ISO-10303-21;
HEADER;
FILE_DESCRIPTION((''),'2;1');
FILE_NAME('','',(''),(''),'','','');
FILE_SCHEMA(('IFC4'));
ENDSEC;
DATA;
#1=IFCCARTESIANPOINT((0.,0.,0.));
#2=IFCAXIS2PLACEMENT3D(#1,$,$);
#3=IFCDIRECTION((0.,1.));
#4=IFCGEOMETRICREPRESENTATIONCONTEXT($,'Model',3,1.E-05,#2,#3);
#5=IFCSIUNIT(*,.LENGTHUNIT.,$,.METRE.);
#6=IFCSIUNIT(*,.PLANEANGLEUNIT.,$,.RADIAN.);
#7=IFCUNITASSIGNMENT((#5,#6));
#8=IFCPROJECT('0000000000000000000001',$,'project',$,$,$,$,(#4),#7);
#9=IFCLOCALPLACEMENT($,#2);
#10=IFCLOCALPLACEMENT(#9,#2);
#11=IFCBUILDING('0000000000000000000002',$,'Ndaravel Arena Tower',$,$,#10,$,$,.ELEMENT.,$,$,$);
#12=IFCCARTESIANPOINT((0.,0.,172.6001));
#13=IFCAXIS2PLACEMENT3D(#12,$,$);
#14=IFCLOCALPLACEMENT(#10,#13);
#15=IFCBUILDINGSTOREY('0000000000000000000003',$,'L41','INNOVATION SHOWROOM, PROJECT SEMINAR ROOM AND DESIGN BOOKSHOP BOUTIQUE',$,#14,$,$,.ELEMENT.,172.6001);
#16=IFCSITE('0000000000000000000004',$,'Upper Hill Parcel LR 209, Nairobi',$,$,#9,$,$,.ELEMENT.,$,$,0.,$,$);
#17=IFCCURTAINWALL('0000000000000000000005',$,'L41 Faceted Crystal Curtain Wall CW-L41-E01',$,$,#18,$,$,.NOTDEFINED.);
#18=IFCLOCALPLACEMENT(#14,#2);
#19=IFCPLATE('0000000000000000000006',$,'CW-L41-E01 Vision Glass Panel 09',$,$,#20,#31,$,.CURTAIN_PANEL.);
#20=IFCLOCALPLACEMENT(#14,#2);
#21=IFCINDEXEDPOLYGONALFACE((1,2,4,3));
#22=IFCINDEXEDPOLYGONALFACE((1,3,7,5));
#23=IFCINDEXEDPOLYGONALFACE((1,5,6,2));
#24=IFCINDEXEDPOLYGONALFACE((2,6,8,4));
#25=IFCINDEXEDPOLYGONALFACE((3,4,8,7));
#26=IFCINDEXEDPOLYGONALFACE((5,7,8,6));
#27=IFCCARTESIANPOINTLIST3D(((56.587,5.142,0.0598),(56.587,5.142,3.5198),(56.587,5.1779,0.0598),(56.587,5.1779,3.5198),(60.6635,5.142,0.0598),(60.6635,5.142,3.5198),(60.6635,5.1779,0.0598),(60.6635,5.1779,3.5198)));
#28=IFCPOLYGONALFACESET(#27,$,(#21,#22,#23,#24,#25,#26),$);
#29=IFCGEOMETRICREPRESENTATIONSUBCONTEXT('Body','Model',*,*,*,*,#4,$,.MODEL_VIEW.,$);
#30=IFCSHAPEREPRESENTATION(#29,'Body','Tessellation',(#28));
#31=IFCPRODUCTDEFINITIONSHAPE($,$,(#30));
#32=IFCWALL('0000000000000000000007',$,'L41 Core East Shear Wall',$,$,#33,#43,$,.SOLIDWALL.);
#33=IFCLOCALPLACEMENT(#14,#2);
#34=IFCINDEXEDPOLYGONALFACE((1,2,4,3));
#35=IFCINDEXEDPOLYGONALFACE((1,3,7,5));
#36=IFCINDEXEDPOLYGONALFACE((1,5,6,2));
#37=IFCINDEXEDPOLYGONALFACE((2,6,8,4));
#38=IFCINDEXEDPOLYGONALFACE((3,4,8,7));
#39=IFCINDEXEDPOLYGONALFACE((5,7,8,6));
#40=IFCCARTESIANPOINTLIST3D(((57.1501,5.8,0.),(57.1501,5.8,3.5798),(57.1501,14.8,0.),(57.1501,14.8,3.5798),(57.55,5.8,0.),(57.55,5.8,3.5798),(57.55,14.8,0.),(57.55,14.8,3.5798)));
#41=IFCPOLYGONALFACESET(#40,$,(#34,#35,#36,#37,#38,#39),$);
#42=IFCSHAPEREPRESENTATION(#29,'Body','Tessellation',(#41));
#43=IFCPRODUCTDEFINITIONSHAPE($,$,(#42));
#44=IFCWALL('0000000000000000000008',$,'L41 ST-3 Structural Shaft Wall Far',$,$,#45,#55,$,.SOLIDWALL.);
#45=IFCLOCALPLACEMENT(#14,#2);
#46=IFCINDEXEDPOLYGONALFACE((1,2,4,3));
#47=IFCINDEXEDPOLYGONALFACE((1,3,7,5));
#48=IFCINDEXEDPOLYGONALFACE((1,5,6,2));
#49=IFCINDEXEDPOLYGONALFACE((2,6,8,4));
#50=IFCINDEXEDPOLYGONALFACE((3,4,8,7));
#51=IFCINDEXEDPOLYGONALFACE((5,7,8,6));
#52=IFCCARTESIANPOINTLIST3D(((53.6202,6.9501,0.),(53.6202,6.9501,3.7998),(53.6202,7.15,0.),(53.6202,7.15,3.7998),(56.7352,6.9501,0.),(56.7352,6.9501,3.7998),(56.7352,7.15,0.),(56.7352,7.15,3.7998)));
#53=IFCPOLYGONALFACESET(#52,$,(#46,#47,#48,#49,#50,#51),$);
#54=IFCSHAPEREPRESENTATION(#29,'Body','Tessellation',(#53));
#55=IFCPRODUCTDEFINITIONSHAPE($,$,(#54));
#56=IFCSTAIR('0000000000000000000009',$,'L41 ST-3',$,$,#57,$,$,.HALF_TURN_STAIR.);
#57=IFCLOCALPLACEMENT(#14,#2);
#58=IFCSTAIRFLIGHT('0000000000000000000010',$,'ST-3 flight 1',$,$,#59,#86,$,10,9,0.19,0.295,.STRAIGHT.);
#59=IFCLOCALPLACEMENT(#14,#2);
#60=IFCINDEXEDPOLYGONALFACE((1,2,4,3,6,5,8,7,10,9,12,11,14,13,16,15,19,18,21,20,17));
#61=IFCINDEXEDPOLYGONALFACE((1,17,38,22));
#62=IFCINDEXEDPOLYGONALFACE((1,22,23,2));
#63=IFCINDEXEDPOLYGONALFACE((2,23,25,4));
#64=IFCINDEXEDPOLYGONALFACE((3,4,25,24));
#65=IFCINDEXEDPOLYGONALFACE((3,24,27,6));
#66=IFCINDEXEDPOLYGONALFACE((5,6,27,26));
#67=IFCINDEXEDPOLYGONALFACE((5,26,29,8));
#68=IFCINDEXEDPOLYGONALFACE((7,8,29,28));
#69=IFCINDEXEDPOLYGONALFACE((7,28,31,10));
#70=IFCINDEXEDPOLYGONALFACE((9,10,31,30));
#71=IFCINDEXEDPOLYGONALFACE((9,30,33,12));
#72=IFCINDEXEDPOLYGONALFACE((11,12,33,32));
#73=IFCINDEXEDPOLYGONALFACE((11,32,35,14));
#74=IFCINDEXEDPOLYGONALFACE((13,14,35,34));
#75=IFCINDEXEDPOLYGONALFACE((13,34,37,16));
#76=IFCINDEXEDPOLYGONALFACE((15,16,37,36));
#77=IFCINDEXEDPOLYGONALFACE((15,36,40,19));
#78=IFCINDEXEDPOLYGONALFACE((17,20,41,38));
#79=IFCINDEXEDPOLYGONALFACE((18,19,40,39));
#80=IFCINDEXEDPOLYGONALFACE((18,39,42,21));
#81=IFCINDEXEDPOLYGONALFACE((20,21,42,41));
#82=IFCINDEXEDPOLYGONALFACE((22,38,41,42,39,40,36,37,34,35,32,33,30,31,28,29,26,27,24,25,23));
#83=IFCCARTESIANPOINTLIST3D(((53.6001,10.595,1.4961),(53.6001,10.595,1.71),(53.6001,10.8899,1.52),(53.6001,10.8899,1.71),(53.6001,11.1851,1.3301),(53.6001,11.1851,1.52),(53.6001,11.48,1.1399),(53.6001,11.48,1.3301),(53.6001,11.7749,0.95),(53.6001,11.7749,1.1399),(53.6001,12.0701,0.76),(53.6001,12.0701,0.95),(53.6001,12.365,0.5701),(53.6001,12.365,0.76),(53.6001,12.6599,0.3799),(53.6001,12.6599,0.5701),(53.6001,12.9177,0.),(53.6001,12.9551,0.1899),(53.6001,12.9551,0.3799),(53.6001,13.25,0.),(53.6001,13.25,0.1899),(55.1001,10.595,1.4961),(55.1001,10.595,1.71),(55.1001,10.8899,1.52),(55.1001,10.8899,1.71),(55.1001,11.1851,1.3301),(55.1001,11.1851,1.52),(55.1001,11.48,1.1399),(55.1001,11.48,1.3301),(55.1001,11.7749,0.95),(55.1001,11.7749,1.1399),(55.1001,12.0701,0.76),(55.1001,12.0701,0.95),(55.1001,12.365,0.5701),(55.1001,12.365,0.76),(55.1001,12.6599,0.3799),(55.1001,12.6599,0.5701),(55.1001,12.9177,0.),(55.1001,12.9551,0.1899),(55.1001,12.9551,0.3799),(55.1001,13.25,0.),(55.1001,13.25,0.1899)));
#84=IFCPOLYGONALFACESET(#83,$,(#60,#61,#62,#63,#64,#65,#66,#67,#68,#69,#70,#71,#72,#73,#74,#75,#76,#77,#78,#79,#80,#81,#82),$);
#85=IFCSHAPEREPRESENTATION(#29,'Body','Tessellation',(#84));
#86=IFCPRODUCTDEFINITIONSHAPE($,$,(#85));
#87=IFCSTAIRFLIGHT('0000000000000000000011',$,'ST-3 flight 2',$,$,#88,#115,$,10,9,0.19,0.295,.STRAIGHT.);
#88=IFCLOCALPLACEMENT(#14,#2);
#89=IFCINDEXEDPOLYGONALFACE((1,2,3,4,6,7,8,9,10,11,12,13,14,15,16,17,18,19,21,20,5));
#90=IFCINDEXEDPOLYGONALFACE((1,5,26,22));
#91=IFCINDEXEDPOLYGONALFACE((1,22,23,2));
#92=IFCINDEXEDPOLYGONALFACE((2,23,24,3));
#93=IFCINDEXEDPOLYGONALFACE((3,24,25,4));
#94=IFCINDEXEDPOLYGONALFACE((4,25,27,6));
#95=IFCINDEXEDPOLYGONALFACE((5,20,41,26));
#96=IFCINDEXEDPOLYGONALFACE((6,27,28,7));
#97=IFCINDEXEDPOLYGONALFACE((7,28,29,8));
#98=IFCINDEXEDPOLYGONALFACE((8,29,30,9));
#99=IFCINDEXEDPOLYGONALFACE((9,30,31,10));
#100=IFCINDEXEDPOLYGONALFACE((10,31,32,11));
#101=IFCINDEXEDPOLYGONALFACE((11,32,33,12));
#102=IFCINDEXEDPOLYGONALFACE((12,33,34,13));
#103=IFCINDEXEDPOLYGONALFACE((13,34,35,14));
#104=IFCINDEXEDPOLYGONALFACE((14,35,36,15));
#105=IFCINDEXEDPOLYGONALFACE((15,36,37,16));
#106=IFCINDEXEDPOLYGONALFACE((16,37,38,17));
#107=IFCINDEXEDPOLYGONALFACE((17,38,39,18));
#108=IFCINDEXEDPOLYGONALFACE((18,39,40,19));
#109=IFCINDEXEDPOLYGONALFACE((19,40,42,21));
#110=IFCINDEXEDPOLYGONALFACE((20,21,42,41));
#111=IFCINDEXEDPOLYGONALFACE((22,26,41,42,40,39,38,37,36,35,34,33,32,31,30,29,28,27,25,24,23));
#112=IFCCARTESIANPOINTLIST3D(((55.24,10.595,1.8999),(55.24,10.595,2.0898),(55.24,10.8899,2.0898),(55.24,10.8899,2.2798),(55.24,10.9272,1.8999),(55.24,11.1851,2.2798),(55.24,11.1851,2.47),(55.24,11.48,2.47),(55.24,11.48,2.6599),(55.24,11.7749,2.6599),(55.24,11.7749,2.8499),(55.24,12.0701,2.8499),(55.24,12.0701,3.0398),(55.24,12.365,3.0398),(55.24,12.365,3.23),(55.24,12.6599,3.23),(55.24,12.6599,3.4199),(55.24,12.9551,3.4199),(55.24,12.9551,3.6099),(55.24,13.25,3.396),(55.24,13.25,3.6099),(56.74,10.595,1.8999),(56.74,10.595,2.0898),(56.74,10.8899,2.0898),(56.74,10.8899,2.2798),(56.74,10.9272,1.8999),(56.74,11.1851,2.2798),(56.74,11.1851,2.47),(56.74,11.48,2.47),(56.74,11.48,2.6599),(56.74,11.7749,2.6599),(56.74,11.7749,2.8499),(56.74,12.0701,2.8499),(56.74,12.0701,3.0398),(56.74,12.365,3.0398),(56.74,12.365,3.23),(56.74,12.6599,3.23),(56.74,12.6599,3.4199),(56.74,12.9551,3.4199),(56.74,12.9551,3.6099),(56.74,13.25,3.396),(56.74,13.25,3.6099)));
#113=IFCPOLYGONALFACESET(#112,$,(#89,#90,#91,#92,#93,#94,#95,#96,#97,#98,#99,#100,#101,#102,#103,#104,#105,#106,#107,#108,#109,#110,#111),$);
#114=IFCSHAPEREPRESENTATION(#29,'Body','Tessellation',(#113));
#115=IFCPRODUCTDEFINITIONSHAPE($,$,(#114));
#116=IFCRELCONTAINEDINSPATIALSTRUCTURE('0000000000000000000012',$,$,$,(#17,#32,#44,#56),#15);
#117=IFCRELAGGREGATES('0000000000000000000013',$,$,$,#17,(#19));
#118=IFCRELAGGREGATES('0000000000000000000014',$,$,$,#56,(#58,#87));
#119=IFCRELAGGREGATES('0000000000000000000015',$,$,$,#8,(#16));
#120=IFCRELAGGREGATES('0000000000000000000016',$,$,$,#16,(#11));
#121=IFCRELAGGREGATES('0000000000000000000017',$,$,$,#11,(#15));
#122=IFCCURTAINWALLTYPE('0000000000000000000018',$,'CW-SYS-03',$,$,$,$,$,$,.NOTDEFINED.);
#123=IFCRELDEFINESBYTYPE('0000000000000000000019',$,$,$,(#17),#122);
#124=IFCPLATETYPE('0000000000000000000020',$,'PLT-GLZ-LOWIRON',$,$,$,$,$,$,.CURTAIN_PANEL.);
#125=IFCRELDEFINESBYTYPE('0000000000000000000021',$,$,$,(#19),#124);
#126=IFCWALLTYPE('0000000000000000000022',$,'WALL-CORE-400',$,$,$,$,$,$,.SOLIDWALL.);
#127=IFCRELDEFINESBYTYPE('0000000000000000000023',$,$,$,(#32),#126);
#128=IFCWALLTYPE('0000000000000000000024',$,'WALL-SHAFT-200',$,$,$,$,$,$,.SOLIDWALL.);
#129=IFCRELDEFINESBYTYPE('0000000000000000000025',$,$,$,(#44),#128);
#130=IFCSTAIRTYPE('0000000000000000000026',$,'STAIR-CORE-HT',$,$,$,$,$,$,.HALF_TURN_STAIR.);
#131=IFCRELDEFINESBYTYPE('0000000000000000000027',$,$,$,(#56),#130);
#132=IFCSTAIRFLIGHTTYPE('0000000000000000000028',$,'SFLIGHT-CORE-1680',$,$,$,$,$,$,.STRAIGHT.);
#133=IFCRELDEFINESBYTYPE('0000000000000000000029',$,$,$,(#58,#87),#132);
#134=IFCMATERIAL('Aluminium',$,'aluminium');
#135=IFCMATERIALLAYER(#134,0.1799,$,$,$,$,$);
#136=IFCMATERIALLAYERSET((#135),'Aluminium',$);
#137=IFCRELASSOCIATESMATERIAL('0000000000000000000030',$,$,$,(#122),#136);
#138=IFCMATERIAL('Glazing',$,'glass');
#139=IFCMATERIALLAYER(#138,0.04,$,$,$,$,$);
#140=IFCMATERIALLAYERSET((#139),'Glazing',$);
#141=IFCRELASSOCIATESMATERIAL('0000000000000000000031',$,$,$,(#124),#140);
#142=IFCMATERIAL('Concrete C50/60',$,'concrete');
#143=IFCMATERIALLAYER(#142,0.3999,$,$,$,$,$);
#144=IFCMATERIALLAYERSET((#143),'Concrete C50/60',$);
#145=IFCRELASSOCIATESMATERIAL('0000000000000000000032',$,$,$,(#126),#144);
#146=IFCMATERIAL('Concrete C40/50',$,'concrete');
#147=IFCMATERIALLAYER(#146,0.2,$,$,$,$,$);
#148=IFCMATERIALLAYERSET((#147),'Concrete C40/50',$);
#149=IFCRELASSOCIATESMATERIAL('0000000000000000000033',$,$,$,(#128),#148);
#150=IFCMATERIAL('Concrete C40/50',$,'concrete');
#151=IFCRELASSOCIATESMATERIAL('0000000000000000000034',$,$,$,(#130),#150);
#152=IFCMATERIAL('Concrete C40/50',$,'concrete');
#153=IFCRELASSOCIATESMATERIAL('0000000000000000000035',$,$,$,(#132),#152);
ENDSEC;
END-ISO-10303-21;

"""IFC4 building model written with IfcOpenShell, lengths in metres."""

from ifc_helpers import new_model, si_unit, direction, frame, frame_2d, origin, origin_2d, place, context, subcontext, project, spatial, polyline, rectangle, outline, extrude, material, layer, layer_set, type_object, element, aggregate, save


model = new_model("IFC4")

# Units and contexts
model_context = context("Model", 3, precision=1e-05, world=origin(), true_north=direction((0.0, 1.0)))
body_context = subcontext(model_context, "Body", "Model", "MODEL_VIEW")
ifc_project = project(units=[si_unit("LENGTHUNIT", "METRE"), si_unit("PLANEANGLEUNIT", "RADIAN")], contexts=[model_context])

# Site, building, storey
site_placement = place(None, origin())
site = spatial("IfcSite", under=ifc_project, at=site_placement, Name="Upper Hill Parcel LR 209, Nairobi", CompositionType="ELEMENT", RefElevation=0.0)
building_placement = place(site_placement, origin())
building = spatial("IfcBuilding", under=site, at=building_placement, Name="Ndaravel Arena Tower", CompositionType="ELEMENT")
storey_placement = place(building_placement, frame((0.0, 0.0, 172.6001)))
storey = spatial("IfcBuildingStorey", under=building, at=storey_placement, Name="L41", Description="INNOVATION SHOWROOM, PROJECT SEMINAR ROOM AND DESIGN BOOKSHOP BOUTIQUE", CompositionType="ELEMENT", Elevation=172.6001)

# Curtain wall
ifc_material_1 = material(Name="Aluminium", Category="aluminium")
ifc_layer_1 = layer(ifc_material_1, 0.1799)
ifc_layer_set_1 = layer_set([ifc_layer_1], Name="Aluminium")
curtain_wall_type_1 = type_object("IfcCurtainWallType", Name="CW-SYS-03", PredefinedType="NOTDEFINED", material=ifc_layer_set_1)
curtain_wall_1_placement = place(storey_placement, origin())
curtain_wall_1 = element("IfcCurtainWall", 1, at=curtain_wall_1_placement, inside=storey, type_object=curtain_wall_type_1, Name="L41 Faceted Crystal Curtain Wall CW-L41-E01", PredefinedType="NOTDEFINED")

# Plate
ifc_material_2 = material(Name="Glazing", Category="glass")
ifc_layer_2 = layer(ifc_material_2, 0.04)
ifc_layer_set_2 = layer_set([ifc_layer_2], Name="Glazing")
plate_type = type_object("IfcPlateType", Name="PLT-GLZ-LOWIRON", PredefinedType="CURTAIN_PANEL", material=ifc_layer_set_2)
plate_1_placement = place(storey_placement, frame((58.6252, 5.1599, 0.0598), z_axis=(0.0, 0.0, 1.0), x_axis=(1.0, 0.0, 0.0)))
plate_1 = element("IfcPlate", 2, at=plate_1_placement, type_object=plate_type, Name="CW-L41-E01 Vision Glass Panel 09", PredefinedType="CURTAIN_PANEL", context=body_context, shape_type="SweptSolid", body=[
    extrude(rectangle(XDim=4.0764, YDim=0.0359, at=origin_2d()), origin(), (0.0, 0.0, 1.0), 3.46),
])
aggregate(curtain_wall_1, [plate_1])

# Walls
ifc_material_3 = material(Name="Concrete C50/60", Category="concrete")
ifc_layer_3 = layer(ifc_material_3, 0.3999)
ifc_layer_set_3 = layer_set([ifc_layer_3], Name="Concrete C50/60")
wall_type_1 = type_object("IfcWallType", Name="WALL-CORE-400", PredefinedType="SOLIDWALL", material=ifc_layer_set_3)
wall_1_placement = place(storey_placement, frame((57.3501, 5.8, 0.0), z_axis=(0.0, 0.0, 1.0), x_axis=(0.0, 1.0, 0.0)))
element("IfcWall", 3, at=wall_1_placement, inside=storey, type_object=wall_type_1, Name="L41 Core East Shear Wall", PredefinedType="SOLIDWALL", context=body_context, shape_type="SweptSolid", body=[
    extrude(rectangle(XDim=9.0, YDim=0.3999, at=frame_2d((4.5, 0.0))), origin(), (0.0, 0.0, 1.0), 3.5798),
])
ifc_material_4 = material(Name="Concrete C40/50", Category="concrete")
ifc_layer_4 = layer(ifc_material_4, 0.2)
ifc_layer_set_4 = layer_set([ifc_layer_4], Name="Concrete C40/50")
wall_type_2 = type_object("IfcWallType", Name="WALL-SHAFT-200", PredefinedType="SOLIDWALL", material=ifc_layer_set_4)
wall_2_placement = place(storey_placement, frame((53.6201, 7.05, 0.0), z_axis=(0.0, 0.0, 1.0), x_axis=(1.0, 0.0, 0.0)))
element("IfcWall", 4, at=wall_2_placement, inside=storey, type_object=wall_type_2, Name="L41 ST-3 Structural Shaft Wall Far", PredefinedType="SOLIDWALL", context=body_context, shape_type="SweptSolid", body=[
    extrude(rectangle(XDim=3.115, YDim=0.2, at=frame_2d((1.5576, 0.0))), origin(), (0.0, 0.0, 1.0), 3.7998),
])

# Stair, stair flights
ifc_material_5 = material(Name="Concrete C40/50", Category="concrete")
stair_type = type_object("IfcStairType", Name="STAIR-CORE-HT", PredefinedType="HALF_TURN_STAIR", material=ifc_material_5)
stair_placement = place(storey_placement, origin())
stair = element("IfcStair", 5, at=stair_placement, inside=storey, type_object=stair_type, Name="L41 ST-3", PredefinedType="HALF_TURN_STAIR")
ifc_material_6 = material(Name="Concrete C40/50", Category="concrete")
stair_flight_type = type_object("IfcStairFlightType", Name="SFLIGHT-CORE-1680", PredefinedType="STRAIGHT", material=ifc_material_6)
stair_flight_1_placement = place(storey_placement, frame((54.3501, 13.25, 0.0), z_axis=(0.0, 0.0, 1.0), x_axis=(0.0, -1.0, 0.0)))
stair_flight_1 = element("IfcStairFlight", 6, at=stair_flight_1_placement, type_object=stair_flight_type, Name="ST-3 flight 1", NumberOfRisers=10, NumberOfTreads=9, PredefinedType="STRAIGHT", RiserHeight=0.19, TreadLength=0.295, context=body_context, shape_type="SweptSolid", body=[
    extrude(outline(polyline([(0.0, 0.0), (0.0, 0.1899), (0.2949, 0.1899), (0.2949, 0.3799), (0.5901, 0.3799), (0.5901, 0.5701), (0.885, 0.5701), (0.885, 0.76), (1.1799, 0.76), (1.1799, 0.95), (1.4751, 0.95), (1.4751, 1.1399), (1.77, 1.1399), (1.77, 1.3301), (2.0649, 1.3301), (2.0649, 1.52), (2.3601, 1.52), (2.3601, 1.71), (2.655, 1.71), (2.655, 1.8999), (2.655, 1.4961), (0.3323, 0.0), (0.0, 0.0)])), frame((0.0, 0.75, 0.0), z_axis=(0.0, -1.0, 0.0), x_axis=(1.0, 0.0, 0.0)), (0.0, 0.0, 1.0), 1.5),
])
stair_flight_2_placement = place(storey_placement, frame((55.99, 10.595, 1.8999), z_axis=(0.0, 0.0, 1.0), x_axis=(0.0, 1.0, 0.0)))
stair_flight_2 = element("IfcStairFlight", 7, at=stair_flight_2_placement, type_object=stair_flight_type, Name="ST-3 flight 2", NumberOfRisers=10, NumberOfTreads=9, PredefinedType="STRAIGHT", RiserHeight=0.19, TreadLength=0.295, context=body_context, shape_type="SweptSolid", body=[
    extrude(outline(polyline([(0.0, 0.0), (0.0, 0.1899), (0.2949, 0.1899), (0.2949, 0.3799), (0.5901, 0.3799), (0.5901, 0.5701), (0.885, 0.5701), (0.885, 0.76), (1.1799, 0.76), (1.1799, 0.95), (1.4751, 0.95), (1.4751, 1.1399), (1.77, 1.1399), (1.77, 1.3301), (2.0649, 1.3301), (2.0649, 1.52), (2.3601, 1.52), (2.3601, 1.71), (2.655, 1.71), (2.655, 1.8999), (2.655, 1.4961), (0.3323, 0.0), (0.0, 0.0)])), frame((0.0, 0.75, 0.0), z_axis=(0.0, -1.0, 0.0), x_axis=(1.0, 0.0, 0.0)), (0.0, 0.0, 1.0), 1.5),
])
aggregate(stair, [stair_flight_1, stair_flight_2])

save(model, "model.ifc")
